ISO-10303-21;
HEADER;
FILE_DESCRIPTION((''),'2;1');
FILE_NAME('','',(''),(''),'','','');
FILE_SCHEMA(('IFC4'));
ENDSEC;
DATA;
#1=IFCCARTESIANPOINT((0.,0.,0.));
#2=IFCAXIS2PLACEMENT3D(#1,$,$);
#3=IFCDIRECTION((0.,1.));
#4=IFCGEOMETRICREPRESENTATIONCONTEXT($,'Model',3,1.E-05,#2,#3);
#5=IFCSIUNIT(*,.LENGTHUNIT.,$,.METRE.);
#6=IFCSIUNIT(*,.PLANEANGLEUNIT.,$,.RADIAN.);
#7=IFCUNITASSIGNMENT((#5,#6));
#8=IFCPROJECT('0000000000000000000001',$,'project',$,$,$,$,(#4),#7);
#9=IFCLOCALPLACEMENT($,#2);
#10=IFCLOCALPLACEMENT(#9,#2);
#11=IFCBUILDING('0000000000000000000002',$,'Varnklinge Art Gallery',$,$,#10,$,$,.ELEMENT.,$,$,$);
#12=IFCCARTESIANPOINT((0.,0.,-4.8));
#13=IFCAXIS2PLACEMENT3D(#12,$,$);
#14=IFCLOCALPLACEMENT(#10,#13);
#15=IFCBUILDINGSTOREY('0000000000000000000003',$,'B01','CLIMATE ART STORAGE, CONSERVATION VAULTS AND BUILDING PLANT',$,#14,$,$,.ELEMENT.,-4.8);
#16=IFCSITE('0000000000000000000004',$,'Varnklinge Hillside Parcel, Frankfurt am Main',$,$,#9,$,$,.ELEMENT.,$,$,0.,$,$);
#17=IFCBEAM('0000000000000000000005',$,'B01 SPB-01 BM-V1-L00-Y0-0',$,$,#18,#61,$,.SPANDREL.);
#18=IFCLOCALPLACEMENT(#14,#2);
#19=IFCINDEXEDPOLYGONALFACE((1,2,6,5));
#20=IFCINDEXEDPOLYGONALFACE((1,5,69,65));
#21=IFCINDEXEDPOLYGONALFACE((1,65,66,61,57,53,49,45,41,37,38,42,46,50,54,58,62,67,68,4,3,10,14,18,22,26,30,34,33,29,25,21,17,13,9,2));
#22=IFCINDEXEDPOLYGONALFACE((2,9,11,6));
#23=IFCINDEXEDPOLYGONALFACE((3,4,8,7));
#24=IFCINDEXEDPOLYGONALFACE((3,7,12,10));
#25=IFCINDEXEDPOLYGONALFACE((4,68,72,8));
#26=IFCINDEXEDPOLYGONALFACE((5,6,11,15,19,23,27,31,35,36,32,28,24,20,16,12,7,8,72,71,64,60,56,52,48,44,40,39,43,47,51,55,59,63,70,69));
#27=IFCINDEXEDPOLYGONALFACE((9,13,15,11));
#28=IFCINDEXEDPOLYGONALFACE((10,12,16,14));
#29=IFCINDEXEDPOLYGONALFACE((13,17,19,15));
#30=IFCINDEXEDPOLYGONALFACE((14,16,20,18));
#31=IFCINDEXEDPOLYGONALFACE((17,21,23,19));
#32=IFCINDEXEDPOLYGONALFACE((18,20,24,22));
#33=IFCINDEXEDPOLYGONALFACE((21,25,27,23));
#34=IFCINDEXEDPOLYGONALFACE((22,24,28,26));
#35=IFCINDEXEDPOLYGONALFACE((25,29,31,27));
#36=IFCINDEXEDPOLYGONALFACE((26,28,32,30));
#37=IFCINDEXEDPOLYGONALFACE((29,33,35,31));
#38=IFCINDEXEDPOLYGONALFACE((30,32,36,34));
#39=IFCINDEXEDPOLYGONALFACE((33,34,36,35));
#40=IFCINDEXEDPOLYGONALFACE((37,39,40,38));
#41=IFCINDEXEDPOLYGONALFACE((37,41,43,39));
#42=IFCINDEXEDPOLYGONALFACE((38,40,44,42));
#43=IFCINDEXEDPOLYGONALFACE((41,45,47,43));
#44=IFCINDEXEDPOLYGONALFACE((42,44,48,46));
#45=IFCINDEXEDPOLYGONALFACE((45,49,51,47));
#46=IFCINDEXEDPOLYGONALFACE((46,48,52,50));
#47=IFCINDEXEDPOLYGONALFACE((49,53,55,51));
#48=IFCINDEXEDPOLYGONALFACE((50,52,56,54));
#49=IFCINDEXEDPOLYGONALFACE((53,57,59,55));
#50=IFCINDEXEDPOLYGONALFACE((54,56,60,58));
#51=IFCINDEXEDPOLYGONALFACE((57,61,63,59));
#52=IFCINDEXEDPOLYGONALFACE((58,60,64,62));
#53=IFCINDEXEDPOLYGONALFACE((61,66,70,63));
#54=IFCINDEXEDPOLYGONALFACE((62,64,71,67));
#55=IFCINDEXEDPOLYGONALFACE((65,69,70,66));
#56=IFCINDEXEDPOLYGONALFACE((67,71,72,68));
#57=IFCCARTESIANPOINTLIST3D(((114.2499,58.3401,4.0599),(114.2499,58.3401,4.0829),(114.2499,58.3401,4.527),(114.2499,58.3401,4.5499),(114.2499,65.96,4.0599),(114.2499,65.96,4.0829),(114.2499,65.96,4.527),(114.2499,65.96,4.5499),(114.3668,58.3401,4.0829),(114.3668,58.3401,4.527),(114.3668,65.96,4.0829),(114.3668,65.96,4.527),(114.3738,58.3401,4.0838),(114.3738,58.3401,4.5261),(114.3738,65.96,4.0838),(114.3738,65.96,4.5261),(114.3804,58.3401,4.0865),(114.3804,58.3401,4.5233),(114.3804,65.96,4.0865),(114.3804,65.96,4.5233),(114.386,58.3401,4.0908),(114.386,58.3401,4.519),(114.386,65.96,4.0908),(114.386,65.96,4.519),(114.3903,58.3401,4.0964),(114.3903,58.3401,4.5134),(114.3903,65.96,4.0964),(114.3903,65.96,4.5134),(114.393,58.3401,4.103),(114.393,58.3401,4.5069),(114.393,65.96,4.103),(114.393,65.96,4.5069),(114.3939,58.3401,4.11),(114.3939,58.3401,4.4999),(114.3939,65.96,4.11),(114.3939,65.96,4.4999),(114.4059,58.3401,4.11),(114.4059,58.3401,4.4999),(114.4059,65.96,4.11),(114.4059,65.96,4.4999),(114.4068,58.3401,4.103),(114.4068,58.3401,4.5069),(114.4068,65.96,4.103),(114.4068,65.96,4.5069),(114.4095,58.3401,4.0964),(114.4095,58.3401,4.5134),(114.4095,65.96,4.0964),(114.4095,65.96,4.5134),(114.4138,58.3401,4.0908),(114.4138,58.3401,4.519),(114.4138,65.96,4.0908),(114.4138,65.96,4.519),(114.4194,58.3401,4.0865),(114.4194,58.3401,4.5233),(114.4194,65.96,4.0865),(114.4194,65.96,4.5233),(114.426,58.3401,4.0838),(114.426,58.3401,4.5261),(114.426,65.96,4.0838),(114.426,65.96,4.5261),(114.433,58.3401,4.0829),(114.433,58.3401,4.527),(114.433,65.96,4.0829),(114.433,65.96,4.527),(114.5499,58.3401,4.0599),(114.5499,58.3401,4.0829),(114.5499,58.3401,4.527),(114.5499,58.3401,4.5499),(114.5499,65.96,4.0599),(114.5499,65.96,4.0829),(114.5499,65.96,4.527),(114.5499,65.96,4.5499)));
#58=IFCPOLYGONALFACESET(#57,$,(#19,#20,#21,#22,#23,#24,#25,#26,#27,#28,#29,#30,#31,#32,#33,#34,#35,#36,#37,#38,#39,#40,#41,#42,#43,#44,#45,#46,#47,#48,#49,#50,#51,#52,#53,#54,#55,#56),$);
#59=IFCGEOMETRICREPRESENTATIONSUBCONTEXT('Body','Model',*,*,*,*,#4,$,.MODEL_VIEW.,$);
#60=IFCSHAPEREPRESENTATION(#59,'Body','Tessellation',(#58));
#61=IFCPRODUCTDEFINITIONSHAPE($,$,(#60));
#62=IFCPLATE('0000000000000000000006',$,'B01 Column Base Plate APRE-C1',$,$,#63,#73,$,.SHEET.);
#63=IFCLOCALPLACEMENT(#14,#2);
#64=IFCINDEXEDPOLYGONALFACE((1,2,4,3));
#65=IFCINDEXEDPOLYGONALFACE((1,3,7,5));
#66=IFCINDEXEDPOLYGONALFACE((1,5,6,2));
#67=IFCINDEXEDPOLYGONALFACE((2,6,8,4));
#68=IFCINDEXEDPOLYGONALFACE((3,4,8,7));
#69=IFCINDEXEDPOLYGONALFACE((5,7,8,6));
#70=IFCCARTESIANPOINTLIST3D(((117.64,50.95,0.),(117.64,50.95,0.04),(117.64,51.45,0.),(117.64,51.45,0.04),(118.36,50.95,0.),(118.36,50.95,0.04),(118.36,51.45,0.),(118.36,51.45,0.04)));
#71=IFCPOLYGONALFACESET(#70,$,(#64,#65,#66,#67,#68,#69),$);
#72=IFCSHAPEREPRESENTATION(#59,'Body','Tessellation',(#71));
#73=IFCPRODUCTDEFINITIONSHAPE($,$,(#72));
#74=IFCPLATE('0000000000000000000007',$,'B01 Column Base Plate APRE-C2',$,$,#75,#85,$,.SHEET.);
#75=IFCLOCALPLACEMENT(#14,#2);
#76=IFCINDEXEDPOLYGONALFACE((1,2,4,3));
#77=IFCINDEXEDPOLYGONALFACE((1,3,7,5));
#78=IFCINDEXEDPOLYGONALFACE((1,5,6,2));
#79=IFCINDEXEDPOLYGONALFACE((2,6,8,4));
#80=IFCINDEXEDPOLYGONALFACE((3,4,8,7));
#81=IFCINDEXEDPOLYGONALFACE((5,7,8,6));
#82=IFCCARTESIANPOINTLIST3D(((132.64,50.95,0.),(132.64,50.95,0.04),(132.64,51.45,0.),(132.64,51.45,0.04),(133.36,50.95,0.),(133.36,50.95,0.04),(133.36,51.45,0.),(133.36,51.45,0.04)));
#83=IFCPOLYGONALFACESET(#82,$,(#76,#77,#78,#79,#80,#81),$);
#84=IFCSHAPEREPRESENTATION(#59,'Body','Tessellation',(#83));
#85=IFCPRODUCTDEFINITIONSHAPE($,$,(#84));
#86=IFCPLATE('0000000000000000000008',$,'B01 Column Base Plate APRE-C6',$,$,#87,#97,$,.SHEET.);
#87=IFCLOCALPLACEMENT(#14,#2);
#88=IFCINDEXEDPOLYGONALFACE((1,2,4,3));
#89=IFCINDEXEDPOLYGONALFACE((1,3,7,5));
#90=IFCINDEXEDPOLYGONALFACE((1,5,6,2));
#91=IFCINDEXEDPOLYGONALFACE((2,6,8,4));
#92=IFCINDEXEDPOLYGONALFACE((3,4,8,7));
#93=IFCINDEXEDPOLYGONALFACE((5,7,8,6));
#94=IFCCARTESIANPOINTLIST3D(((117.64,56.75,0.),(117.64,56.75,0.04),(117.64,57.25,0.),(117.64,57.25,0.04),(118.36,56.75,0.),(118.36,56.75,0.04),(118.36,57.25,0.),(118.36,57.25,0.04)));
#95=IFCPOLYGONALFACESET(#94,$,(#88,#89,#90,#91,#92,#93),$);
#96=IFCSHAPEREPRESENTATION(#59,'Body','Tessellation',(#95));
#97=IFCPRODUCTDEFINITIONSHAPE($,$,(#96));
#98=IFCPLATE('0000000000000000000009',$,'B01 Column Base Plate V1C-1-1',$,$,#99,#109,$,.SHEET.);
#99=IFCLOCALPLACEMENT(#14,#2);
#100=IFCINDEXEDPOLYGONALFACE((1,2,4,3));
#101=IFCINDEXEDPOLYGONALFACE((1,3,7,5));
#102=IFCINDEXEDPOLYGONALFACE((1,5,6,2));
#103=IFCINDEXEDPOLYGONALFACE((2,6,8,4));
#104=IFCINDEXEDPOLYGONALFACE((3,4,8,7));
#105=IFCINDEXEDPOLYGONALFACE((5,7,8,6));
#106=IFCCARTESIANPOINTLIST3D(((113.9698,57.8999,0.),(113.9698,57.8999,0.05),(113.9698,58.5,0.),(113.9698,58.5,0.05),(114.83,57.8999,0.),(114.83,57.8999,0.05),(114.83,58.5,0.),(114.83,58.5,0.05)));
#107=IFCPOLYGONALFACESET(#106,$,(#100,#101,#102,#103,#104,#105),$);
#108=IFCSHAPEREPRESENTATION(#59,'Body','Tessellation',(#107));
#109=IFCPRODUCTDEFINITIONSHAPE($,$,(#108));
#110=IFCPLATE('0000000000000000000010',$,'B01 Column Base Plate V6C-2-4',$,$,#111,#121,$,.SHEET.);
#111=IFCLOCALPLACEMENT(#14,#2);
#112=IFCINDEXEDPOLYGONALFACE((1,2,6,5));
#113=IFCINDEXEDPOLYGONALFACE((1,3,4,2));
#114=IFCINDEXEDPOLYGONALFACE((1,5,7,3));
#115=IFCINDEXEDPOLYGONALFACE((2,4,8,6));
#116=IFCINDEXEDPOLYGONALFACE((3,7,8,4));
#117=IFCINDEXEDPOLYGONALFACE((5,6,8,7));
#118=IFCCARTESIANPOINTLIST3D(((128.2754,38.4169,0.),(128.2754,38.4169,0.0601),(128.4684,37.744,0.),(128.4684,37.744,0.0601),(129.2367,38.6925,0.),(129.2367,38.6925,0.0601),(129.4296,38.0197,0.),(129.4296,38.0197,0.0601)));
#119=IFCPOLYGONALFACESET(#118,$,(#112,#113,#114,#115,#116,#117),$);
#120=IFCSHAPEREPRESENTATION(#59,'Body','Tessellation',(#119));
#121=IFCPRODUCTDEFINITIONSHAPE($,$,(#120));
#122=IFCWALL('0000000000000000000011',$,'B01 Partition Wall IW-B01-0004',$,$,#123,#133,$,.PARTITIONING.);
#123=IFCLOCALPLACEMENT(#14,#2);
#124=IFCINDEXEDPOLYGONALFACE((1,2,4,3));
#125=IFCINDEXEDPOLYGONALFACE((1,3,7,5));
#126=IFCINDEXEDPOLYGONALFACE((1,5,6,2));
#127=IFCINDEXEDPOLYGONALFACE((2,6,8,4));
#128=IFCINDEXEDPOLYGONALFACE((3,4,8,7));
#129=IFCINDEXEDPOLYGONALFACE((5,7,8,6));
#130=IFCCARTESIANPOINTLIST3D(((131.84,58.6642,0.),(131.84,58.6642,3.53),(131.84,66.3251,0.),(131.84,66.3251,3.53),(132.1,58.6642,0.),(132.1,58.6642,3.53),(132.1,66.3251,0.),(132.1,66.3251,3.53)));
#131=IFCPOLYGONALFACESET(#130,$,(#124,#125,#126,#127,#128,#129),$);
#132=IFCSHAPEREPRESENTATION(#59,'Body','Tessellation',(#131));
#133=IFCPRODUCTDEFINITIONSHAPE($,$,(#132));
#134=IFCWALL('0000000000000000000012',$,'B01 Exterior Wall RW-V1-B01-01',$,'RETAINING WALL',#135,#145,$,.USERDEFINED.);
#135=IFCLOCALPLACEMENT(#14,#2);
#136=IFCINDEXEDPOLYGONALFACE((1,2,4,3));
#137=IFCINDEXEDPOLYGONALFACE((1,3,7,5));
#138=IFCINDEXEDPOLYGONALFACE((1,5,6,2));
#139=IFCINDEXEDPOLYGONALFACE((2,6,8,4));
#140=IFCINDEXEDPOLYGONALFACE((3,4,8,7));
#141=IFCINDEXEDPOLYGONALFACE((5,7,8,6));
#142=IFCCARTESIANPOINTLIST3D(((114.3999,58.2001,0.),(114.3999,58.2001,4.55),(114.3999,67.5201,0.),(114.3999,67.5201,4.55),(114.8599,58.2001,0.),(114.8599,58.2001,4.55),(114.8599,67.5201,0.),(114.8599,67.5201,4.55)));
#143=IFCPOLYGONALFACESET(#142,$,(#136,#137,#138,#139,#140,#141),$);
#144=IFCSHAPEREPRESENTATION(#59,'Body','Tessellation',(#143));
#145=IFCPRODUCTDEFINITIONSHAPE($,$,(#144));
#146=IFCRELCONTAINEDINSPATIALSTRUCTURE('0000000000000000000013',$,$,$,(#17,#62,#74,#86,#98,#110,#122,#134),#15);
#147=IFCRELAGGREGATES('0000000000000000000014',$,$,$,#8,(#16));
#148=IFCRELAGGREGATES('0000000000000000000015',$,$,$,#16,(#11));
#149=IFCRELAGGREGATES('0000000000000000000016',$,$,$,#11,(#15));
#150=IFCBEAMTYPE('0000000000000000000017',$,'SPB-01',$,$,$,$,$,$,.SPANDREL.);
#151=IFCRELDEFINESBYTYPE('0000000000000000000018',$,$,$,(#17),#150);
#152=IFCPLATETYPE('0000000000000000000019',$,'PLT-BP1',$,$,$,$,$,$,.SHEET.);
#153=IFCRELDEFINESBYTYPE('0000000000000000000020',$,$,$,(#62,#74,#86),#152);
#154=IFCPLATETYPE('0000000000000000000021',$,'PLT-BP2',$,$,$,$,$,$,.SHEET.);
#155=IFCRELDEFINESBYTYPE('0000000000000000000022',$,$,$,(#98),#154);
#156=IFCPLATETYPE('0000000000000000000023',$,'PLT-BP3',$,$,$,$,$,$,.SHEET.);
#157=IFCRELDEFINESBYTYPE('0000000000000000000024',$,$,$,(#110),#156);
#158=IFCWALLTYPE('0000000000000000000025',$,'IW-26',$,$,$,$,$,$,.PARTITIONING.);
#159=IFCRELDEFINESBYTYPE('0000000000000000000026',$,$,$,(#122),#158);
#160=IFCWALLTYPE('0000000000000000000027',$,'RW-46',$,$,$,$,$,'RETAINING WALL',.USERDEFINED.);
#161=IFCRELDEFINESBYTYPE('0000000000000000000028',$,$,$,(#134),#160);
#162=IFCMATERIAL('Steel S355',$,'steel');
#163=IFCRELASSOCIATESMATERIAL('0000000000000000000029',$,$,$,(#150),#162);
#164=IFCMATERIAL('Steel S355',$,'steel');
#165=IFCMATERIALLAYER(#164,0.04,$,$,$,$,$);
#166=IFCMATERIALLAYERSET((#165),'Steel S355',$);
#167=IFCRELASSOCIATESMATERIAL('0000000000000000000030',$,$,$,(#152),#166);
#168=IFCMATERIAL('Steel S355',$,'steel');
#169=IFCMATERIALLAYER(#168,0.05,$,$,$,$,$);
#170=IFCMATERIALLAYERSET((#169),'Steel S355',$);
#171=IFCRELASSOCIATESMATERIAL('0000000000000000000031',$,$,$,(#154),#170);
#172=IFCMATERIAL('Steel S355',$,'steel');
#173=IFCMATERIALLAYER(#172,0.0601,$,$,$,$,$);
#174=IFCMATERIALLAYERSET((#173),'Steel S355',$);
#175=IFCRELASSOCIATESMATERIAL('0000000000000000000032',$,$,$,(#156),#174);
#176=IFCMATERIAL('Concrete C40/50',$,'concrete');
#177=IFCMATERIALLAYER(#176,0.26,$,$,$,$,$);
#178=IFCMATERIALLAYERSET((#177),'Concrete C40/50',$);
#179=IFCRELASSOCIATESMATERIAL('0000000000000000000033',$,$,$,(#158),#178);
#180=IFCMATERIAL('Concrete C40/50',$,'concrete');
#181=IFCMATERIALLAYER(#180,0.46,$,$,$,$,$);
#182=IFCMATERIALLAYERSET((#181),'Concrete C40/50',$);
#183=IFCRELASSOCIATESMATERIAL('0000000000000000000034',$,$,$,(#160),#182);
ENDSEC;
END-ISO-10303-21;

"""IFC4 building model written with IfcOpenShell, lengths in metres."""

from ifc_helpers import new_model, si_unit, direction, frame, frame_2d, origin, origin_2d, place, context, subcontext, project, spatial, rectangle, i_section, extrude, material, layer, layer_set, material_profile, profile_set, type_object, element, save


model = new_model("IFC4")

# Units and contexts
model_context = context("Model", 3, precision=1e-05, world=origin(), true_north=direction((0.0, 1.0)))
body_context = subcontext(model_context, "Body", "Model", "MODEL_VIEW")
ifc_project = project(units=[si_unit("LENGTHUNIT", "METRE"), si_unit("PLANEANGLEUNIT", "RADIAN")], contexts=[model_context])

# Site, building, storey
site_placement = place(None, origin())
site = spatial("IfcSite", under=ifc_project, at=site_placement, Name="Varnklinge Hillside Parcel, Frankfurt am Main", CompositionType="ELEMENT", RefElevation=0.0)
building_placement = place(site_placement, origin())
building = spatial("IfcBuilding", under=site, at=building_placement, Name="Varnklinge Art Gallery", CompositionType="ELEMENT")
storey_placement = place(building_placement, frame((0.0, 0.0, -4.8)))
storey = spatial("IfcBuildingStorey", under=building, at=storey_placement, Name="B01", Description="CLIMATE ART STORAGE, CONSERVATION VAULTS AND BUILDING PLANT", CompositionType="ELEMENT", Elevation=-4.8)

# Beam
ifc_material_1 = material(Name="Steel S355", Category="steel")
ifc_material_profile_1 = material_profile(ifc_material_1, i_section(OverallWidth=0.3, OverallDepth=0.49, WebThickness=0.012, FlangeThickness=0.0229, FilletRadius=0.0271, at=origin_2d()), Name="HEA 500")
ifc_profile_set_1 = profile_set([ifc_material_profile_1], Name="Steel S355")
beam_type_1 = type_object("IfcBeamType", Name="SPB-01", PredefinedType="SPANDREL", material=ifc_profile_set_1)
beam_1_placement = place(storey_placement, frame((114.3999, 58.3401, 4.3049), z_axis=(0.0, 1.0, 0.0), x_axis=(-1.0, 0.0, 0.0)))
element("IfcBeam", 1, at=beam_1_placement, inside=storey, type_object=beam_type_1, Name="B01 SPB-01 BM-V1-L00-Y0-0", PredefinedType="SPANDREL", context=body_context, shape_type="SweptSolid", body=[
    extrude(i_section(OverallWidth=0.3, OverallDepth=0.49, WebThickness=0.012, FlangeThickness=0.0229, FilletRadius=0.0271, at=origin_2d()), origin(), (0.0, 0.0, 1.0), 7.6199),
])

# Plates
ifc_material_2 = material(Name="Steel S355", Category="steel")
ifc_layer_1 = layer(ifc_material_2, 0.04)
ifc_layer_set_1 = layer_set([ifc_layer_1], Name="Steel S355")
plate_type_1 = type_object("IfcPlateType", Name="PLT-BP1", PredefinedType="SHEET", material=ifc_layer_set_1)
for number, where, z_axis, x_axis, name in (
    (2, (118.0, 51.2, 0.0), (0.0, 0.0, 1.0), (1.0, 0.0, 0.0), "B01 Column Base Plate APRE-C1"),
    (3, (133.0, 51.2, 0.0), (0.0, 0.0, 1.0), (1.0, 0.0, 0.0), "B01 Column Base Plate APRE-C2"),
    (4, (118.0, 57.0, 0.0), (0.0, 0.0, 1.0), (1.0, 0.0, 0.0), "B01 Column Base Plate APRE-C6"),
):
    element("IfcPlate", number, at=place(storey_placement, frame(where, z_axis=z_axis, x_axis=x_axis)), inside=storey, type_object=plate_type_1, Name=name, PredefinedType="SHEET", context=body_context, shape_type="SweptSolid", body=[
        extrude(rectangle(XDim=0.72, YDim=0.5, at=origin_2d()), origin(), (0.0, 0.0, 1.0), 0.04),
    ])
ifc_material_3 = material(Name="Steel S355", Category="steel")
ifc_layer_2 = layer(ifc_material_3, 0.05)
ifc_layer_set_2 = layer_set([ifc_layer_2], Name="Steel S355")
plate_type_2 = type_object("IfcPlateType", Name="PLT-BP2", PredefinedType="SHEET", material=ifc_layer_set_2)
plate_1_placement = place(storey_placement, frame((114.3999, 58.2, 0.0), z_axis=(0.0, 0.0, 1.0), x_axis=(1.0, 0.0, 0.0)))
element("IfcPlate", 5, at=plate_1_placement, inside=storey, type_object=plate_type_2, Name="B01 Column Base Plate V1C-1-1", PredefinedType="SHEET", context=body_context, shape_type="SweptSolid", body=[
    extrude(rectangle(XDim=0.8601, YDim=0.6001, at=origin_2d()), origin(), (0.0, 0.0, 1.0), 0.05),
])
ifc_material_4 = material(Name="Steel S355", Category="steel")
ifc_layer_3 = layer(ifc_material_4, 0.0601)
ifc_layer_set_3 = layer_set([ifc_layer_3], Name="Steel S355")
plate_type_3 = type_object("IfcPlateType", Name="PLT-BP3", PredefinedType="SHEET", material=ifc_layer_set_3)
plate_2_placement = place(storey_placement, frame((128.8525, 38.2183, 0.0), z_axis=(0.0, 0.0, 1.0), x_axis=(0.961262, 0.275637, 0.0)))
element("IfcPlate", 6, at=plate_2_placement, inside=storey, type_object=plate_type_3, Name="B01 Column Base Plate V6C-2-4", PredefinedType="SHEET", context=body_context, shape_type="SweptSolid", body=[
    extrude(rectangle(XDim=1.0, YDim=0.7, at=origin_2d()), origin(), (0.0, 0.0, 1.0), 0.0601),
])

# Walls
ifc_material_5 = material(Name="Concrete C40/50", Category="concrete")
ifc_layer_4 = layer(ifc_material_5, 0.26)
ifc_layer_set_4 = layer_set([ifc_layer_4], Name="Concrete C40/50")
wall_type_1 = type_object("IfcWallType", Name="IW-26", PredefinedType="PARTITIONING", material=ifc_layer_set_4)
wall_1_placement = place(storey_placement, frame((131.97, 58.6641, 0.0), z_axis=(0.0, 0.0, 1.0), x_axis=(0.0, 1.0, 0.0)))
element("IfcWall", 7, at=wall_1_placement, inside=storey, type_object=wall_type_1, Name="B01 Partition Wall IW-B01-0004", PredefinedType="PARTITIONING", context=body_context, shape_type="SweptSolid", body=[
    extrude(rectangle(XDim=7.6609, YDim=0.26, at=frame_2d((3.8306, 0.0))), origin(), (0.0, 0.0, 1.0), 3.53),
])
ifc_material_6 = material(Name="Concrete C40/50", Category="concrete")
ifc_layer_5 = layer(ifc_material_6, 0.46)
ifc_layer_set_5 = layer_set([ifc_layer_5], Name="Concrete C40/50")
wall_type_2 = type_object("IfcWallType", Name="RW-46", ElementType="RETAINING WALL", PredefinedType="USERDEFINED", material=ifc_layer_set_5)
wall_2_placement = place(storey_placement, frame((114.6299, 58.2, 0.0), z_axis=(0.0, 0.0, 1.0), x_axis=(0.0, 1.0, 0.0)))
element("IfcWall", 8, at=wall_2_placement, inside=storey, type_object=wall_type_2, Name="B01 Exterior Wall RW-V1-B01-01", ObjectType="RETAINING WALL", PredefinedType="USERDEFINED", context=body_context, shape_type="SweptSolid", body=[
    extrude(rectangle(XDim=9.3201, YDim=0.46, at=frame_2d((4.6602, 0.0))), origin(), (0.0, 0.0, 1.0), 4.55),
])

save(model, "model.ifc")
